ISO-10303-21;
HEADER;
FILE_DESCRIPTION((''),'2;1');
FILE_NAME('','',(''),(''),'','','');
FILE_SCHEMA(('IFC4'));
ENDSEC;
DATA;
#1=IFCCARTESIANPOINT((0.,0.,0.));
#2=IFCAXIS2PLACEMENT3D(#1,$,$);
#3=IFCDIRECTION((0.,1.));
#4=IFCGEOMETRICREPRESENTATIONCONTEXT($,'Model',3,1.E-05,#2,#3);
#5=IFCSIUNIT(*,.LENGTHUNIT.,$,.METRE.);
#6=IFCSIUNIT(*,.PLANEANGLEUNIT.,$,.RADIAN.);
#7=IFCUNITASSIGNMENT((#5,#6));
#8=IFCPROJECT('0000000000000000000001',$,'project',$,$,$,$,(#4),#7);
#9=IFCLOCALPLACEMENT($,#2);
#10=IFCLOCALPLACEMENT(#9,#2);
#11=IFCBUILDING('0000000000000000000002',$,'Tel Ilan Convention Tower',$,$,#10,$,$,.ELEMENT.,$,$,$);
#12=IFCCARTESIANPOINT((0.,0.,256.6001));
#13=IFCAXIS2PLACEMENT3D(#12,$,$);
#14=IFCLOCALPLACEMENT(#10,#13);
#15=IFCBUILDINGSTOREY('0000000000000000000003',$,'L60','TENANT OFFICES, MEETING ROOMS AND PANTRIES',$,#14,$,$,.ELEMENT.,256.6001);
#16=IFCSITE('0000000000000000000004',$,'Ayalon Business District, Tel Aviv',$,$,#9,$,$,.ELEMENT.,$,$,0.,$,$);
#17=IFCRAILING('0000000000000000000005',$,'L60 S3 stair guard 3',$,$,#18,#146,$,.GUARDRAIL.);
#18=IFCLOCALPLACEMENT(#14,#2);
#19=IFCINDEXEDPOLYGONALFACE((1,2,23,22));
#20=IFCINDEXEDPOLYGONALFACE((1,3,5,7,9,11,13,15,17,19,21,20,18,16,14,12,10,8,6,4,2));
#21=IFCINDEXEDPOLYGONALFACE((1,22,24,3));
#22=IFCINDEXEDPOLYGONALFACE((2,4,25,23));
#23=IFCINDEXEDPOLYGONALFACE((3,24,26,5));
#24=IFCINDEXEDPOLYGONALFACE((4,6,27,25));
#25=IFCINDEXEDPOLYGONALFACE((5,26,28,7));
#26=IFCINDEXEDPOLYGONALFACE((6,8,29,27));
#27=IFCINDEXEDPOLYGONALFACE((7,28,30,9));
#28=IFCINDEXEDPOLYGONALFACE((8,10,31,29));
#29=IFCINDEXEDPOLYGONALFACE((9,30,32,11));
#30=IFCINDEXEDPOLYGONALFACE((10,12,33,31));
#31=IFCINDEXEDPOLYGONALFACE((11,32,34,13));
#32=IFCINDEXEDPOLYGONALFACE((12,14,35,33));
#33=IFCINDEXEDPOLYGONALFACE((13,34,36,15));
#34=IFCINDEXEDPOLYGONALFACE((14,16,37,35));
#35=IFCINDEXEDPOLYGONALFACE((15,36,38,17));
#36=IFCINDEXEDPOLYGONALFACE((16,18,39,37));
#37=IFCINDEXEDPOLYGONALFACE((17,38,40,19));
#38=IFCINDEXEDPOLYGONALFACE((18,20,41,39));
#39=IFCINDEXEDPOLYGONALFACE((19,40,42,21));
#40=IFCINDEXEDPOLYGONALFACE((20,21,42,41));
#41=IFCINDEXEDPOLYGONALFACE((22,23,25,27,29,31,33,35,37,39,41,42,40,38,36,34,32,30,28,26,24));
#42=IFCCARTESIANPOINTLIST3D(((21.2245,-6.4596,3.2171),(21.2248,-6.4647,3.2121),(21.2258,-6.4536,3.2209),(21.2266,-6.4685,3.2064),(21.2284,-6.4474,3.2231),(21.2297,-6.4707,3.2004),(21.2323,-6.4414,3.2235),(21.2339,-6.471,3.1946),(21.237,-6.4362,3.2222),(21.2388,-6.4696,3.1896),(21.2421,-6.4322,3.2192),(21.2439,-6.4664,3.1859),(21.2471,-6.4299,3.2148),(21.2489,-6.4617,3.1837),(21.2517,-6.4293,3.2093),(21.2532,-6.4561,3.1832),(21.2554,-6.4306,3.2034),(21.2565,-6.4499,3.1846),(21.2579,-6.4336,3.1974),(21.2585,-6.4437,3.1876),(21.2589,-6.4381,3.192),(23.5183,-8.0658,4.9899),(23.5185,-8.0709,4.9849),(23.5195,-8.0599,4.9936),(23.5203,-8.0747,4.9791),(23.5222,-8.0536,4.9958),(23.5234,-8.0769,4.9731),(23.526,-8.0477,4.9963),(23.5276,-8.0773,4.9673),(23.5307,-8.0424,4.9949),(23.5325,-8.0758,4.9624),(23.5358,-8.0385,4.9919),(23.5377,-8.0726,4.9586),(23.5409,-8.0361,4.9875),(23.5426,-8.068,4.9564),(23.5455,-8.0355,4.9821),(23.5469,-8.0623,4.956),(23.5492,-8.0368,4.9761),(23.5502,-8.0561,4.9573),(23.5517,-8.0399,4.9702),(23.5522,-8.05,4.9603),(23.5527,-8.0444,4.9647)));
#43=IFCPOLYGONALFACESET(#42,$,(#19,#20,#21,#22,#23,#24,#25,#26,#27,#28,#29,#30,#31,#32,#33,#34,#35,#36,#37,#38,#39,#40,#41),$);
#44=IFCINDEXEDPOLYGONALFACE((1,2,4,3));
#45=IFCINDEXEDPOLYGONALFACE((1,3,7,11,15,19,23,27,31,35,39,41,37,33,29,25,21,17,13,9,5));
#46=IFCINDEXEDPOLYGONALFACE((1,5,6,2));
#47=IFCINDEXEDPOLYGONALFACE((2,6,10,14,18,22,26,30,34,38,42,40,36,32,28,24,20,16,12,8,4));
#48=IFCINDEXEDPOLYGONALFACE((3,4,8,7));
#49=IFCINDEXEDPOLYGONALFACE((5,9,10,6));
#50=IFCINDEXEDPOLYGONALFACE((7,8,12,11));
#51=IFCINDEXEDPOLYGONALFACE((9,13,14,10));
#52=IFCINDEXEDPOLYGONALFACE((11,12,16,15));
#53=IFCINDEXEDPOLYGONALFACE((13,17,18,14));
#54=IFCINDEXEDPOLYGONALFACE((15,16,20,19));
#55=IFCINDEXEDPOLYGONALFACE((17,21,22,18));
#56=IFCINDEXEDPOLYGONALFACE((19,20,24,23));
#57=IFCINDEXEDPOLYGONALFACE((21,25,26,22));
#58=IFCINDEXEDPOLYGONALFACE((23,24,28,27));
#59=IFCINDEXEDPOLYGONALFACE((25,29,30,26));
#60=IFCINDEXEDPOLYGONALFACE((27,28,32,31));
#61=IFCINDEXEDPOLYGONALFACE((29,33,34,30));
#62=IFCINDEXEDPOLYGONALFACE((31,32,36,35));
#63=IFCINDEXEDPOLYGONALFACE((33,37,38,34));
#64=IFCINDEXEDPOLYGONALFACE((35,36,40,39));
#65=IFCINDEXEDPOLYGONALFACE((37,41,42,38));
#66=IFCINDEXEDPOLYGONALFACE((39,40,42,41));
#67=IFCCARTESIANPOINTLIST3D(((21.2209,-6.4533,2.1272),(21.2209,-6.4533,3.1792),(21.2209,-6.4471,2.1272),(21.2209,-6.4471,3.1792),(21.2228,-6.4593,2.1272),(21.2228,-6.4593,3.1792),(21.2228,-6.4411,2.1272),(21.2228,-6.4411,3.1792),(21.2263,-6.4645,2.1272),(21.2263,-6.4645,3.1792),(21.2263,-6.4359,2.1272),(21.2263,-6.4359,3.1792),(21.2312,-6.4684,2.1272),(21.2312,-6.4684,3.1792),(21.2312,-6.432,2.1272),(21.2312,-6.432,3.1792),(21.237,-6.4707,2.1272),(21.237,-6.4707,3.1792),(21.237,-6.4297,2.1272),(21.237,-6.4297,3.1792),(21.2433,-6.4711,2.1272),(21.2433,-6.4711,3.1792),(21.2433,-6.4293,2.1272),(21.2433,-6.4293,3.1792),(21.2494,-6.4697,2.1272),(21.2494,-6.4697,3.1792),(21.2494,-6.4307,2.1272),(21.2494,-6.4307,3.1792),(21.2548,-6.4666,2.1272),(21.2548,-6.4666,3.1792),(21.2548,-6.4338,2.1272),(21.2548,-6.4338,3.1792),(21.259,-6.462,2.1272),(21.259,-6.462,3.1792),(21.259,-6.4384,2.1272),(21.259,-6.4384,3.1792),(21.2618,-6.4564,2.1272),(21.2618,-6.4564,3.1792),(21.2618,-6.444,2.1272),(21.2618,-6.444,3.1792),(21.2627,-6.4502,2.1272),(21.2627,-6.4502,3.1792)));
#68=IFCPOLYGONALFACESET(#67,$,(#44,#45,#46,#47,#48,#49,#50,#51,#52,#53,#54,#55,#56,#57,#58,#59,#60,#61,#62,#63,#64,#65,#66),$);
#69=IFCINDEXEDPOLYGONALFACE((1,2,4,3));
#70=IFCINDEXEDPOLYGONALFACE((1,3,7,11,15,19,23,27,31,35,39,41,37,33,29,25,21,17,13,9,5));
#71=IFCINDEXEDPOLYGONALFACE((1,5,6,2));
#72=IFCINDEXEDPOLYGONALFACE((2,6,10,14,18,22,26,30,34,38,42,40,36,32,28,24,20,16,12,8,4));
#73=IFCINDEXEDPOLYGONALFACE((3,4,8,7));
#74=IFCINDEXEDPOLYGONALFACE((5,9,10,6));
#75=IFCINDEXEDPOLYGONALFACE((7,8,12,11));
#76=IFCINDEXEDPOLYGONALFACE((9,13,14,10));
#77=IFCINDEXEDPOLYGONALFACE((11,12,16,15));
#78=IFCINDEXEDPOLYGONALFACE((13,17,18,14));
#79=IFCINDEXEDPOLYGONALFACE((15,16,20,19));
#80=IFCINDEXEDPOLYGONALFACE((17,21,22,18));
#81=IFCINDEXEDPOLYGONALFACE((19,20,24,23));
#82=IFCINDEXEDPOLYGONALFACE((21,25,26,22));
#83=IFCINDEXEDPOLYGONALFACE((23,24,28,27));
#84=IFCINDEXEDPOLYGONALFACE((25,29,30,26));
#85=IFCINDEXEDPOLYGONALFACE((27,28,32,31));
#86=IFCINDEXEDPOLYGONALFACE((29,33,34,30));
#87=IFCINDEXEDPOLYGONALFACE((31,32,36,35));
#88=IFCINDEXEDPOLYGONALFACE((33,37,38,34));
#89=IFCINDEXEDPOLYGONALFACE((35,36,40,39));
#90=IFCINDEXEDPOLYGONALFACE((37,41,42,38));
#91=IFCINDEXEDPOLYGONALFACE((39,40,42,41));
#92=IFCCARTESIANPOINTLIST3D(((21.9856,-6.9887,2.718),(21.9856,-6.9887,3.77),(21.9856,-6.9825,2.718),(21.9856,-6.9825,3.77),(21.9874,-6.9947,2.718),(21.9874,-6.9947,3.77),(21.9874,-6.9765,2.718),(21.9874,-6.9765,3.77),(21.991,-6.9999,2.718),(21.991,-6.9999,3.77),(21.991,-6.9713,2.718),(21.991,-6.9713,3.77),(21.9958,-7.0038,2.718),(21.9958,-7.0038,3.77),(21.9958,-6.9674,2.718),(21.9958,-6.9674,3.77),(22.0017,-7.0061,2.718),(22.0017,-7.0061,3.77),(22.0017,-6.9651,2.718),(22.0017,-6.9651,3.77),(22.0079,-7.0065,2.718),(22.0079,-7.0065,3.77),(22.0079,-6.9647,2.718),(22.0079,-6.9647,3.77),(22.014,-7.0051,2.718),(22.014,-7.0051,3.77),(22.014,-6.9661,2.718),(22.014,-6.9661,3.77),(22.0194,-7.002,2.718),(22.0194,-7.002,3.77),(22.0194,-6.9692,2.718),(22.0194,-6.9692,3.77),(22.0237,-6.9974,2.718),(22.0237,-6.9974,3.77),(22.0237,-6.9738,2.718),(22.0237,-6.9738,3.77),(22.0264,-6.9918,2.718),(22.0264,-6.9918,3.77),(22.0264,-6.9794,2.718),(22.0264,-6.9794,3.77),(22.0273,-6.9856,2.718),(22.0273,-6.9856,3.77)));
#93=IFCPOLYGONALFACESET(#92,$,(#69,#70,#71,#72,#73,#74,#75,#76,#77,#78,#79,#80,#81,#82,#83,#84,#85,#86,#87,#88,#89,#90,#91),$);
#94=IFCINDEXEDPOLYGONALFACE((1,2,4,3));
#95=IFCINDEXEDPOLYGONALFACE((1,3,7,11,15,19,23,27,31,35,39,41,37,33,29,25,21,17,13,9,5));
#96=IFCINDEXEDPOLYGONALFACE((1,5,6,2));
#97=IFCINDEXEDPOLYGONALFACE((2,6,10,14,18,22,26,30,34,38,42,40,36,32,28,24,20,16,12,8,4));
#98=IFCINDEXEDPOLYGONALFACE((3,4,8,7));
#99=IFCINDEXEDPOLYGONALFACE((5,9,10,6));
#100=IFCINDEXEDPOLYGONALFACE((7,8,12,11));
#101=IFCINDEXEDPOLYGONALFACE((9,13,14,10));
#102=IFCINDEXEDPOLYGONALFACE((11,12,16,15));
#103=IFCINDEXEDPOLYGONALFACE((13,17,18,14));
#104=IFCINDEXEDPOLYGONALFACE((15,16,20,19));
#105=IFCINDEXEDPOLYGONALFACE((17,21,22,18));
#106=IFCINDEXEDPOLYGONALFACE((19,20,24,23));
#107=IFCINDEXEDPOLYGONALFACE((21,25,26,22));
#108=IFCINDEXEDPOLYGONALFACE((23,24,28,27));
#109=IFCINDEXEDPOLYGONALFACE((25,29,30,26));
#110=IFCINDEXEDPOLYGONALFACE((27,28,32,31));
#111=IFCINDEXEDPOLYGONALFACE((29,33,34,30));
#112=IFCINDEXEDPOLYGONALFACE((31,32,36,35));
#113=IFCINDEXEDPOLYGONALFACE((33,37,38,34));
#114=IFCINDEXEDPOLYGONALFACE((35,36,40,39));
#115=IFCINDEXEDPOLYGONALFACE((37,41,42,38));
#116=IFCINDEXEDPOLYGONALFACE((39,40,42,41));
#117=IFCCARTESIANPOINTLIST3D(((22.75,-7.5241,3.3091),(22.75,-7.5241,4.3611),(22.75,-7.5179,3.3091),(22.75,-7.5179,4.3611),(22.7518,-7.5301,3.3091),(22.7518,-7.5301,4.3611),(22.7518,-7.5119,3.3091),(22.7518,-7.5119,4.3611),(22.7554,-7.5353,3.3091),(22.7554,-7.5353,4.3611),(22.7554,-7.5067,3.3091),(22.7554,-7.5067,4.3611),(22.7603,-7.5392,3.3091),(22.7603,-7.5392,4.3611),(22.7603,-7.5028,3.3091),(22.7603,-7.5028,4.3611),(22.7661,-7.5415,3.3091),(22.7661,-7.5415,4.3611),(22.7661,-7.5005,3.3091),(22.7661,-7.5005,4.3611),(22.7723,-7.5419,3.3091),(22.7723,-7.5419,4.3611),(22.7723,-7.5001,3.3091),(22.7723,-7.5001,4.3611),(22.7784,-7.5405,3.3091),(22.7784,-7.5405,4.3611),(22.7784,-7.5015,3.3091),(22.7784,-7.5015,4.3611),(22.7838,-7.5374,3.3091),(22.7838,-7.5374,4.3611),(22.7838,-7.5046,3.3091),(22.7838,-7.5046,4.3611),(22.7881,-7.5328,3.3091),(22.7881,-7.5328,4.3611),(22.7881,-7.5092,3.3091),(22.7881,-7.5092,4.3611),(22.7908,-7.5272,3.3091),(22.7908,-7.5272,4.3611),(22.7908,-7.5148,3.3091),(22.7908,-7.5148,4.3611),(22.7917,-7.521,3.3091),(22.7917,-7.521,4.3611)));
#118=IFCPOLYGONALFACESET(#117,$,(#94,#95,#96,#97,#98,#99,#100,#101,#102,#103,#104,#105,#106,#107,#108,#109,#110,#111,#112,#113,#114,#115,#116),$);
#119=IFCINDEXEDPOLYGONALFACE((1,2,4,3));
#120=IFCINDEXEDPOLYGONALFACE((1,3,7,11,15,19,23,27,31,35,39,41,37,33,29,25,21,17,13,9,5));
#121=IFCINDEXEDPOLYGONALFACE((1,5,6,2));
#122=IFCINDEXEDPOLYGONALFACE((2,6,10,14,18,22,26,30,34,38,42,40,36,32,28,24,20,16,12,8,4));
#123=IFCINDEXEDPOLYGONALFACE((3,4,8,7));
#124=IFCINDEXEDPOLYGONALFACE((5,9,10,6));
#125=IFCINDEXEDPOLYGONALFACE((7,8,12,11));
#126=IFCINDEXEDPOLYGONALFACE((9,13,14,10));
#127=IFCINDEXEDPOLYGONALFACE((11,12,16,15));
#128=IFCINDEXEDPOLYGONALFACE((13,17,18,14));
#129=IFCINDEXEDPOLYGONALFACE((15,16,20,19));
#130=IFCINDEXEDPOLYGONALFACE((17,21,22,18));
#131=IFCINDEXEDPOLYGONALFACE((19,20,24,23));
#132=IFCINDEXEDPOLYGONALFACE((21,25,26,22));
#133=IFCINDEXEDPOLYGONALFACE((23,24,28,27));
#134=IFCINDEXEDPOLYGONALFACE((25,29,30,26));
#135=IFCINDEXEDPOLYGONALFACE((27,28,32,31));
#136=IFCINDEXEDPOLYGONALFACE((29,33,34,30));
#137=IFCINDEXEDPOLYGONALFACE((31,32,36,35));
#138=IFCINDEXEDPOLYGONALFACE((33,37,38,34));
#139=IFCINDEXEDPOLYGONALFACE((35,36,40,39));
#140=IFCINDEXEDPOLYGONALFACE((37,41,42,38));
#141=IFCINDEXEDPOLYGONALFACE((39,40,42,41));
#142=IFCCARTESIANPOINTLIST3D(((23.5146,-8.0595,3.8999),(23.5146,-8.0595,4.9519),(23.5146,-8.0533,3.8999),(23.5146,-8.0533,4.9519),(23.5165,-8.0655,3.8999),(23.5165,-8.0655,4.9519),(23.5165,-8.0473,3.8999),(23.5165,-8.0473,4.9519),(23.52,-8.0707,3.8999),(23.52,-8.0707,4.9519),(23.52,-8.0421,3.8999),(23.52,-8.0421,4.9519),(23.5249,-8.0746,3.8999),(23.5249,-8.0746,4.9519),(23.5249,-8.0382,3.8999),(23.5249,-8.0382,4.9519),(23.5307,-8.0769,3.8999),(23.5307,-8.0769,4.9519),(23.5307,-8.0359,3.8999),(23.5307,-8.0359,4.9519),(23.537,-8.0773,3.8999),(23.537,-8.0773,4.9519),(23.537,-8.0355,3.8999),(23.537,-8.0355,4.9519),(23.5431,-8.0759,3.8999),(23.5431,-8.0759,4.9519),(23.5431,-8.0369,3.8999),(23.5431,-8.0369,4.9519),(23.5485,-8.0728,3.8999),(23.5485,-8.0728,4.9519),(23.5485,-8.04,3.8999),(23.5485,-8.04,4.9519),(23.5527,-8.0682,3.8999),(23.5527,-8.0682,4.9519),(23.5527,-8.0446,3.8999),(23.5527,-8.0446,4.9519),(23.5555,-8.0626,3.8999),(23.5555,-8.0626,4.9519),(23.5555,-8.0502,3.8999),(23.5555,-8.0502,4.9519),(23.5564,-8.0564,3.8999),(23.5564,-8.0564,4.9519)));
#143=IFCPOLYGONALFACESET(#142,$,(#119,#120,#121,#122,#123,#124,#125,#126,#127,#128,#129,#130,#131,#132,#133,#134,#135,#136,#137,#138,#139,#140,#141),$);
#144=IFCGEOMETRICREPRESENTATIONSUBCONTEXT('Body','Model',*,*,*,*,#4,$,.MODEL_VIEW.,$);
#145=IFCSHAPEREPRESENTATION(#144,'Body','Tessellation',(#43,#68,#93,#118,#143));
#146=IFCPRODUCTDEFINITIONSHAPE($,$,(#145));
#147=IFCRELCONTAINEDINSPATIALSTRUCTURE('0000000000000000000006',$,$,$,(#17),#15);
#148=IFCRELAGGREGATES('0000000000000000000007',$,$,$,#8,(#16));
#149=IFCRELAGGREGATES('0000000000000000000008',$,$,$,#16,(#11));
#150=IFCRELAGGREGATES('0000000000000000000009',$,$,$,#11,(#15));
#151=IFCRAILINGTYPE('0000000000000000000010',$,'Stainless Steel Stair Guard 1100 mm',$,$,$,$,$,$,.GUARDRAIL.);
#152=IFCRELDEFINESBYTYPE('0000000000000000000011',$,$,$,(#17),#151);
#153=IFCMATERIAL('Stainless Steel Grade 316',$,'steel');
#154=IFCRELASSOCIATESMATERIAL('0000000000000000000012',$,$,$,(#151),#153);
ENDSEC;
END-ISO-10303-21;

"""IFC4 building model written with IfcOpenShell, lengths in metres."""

from ifc_helpers import new_model, si_unit, direction, frame, origin, origin_2d, place, context, subcontext, project, spatial, circle, extrude, material, type_object, element, save


model = new_model("IFC4")

# Units and contexts
model_context = context("Model", 3, precision=1e-05, world=origin(), true_north=direction((0.0, 1.0)))
body_context = subcontext(model_context, "Body", "Model", "MODEL_VIEW")
ifc_project = project(units=[si_unit("LENGTHUNIT", "METRE"), si_unit("PLANEANGLEUNIT", "RADIAN")], contexts=[model_context])

# Site, building, storey
site_placement = place(None, origin())
site = spatial("IfcSite", under=ifc_project, at=site_placement, Name="Ayalon Business District, Tel Aviv", CompositionType="ELEMENT", RefElevation=0.0)
building_placement = place(site_placement, origin())
building = spatial("IfcBuilding", under=site, at=building_placement, Name="Tel Ilan Convention Tower", CompositionType="ELEMENT")
storey_placement = place(building_placement, frame((0.0, 0.0, 256.6001)))
storey = spatial("IfcBuildingStorey", under=building, at=storey_placement, Name="L60", Description="TENANT OFFICES, MEETING ROOMS AND PANTRIES", CompositionType="ELEMENT", Elevation=256.6001)

# Railing
ifc_material_1 = material(Name="Stainless Steel Grade 316", Category="steel")
railing_type_1 = type_object("IfcRailingType", Name="Stainless Steel Stair Guard 1100 mm", PredefinedType="GUARDRAIL", material=ifc_material_1)
railing_1_placement = place(storey_placement, frame((21.2417, -6.4502, 2.1272)))
element("IfcRailing", 1, at=railing_1_placement, inside=storey, type_object=railing_type_1, Name="L60 S3 stair guard 3", PredefinedType="GUARDRAIL", context=body_context, shape_type="SweptSolid", body=[
    extrude(circle(Radius=0.0239, at=origin_2d()), frame((0.0, 0.0, 1.0762), z_axis=(0.692098, -0.484653, 0.534894), x_axis=(0.573609, 0.81913, 0.0)), (0.0, 0.0, 1.0), 3.3142),
    extrude(circle(Radius=0.021, at=origin_2d()), origin(), (0.0, 0.0, 1.0), 1.052),
    extrude(circle(Radius=0.021, at=origin_2d()), frame((0.7646, -0.5354, 0.5908)), (0.0, 0.0, 1.0), 1.052),
    extrude(circle(Radius=0.021, at=origin_2d()), frame((1.5291, -1.0708, 1.1819)), (0.0, 0.0, 1.0), 1.052),
    extrude(circle(Radius=0.021, at=origin_2d()), frame((2.2937, -1.6062, 1.7727)), (0.0, 0.0, 1.0), 1.052),
])

save(model, "model.ifc")
